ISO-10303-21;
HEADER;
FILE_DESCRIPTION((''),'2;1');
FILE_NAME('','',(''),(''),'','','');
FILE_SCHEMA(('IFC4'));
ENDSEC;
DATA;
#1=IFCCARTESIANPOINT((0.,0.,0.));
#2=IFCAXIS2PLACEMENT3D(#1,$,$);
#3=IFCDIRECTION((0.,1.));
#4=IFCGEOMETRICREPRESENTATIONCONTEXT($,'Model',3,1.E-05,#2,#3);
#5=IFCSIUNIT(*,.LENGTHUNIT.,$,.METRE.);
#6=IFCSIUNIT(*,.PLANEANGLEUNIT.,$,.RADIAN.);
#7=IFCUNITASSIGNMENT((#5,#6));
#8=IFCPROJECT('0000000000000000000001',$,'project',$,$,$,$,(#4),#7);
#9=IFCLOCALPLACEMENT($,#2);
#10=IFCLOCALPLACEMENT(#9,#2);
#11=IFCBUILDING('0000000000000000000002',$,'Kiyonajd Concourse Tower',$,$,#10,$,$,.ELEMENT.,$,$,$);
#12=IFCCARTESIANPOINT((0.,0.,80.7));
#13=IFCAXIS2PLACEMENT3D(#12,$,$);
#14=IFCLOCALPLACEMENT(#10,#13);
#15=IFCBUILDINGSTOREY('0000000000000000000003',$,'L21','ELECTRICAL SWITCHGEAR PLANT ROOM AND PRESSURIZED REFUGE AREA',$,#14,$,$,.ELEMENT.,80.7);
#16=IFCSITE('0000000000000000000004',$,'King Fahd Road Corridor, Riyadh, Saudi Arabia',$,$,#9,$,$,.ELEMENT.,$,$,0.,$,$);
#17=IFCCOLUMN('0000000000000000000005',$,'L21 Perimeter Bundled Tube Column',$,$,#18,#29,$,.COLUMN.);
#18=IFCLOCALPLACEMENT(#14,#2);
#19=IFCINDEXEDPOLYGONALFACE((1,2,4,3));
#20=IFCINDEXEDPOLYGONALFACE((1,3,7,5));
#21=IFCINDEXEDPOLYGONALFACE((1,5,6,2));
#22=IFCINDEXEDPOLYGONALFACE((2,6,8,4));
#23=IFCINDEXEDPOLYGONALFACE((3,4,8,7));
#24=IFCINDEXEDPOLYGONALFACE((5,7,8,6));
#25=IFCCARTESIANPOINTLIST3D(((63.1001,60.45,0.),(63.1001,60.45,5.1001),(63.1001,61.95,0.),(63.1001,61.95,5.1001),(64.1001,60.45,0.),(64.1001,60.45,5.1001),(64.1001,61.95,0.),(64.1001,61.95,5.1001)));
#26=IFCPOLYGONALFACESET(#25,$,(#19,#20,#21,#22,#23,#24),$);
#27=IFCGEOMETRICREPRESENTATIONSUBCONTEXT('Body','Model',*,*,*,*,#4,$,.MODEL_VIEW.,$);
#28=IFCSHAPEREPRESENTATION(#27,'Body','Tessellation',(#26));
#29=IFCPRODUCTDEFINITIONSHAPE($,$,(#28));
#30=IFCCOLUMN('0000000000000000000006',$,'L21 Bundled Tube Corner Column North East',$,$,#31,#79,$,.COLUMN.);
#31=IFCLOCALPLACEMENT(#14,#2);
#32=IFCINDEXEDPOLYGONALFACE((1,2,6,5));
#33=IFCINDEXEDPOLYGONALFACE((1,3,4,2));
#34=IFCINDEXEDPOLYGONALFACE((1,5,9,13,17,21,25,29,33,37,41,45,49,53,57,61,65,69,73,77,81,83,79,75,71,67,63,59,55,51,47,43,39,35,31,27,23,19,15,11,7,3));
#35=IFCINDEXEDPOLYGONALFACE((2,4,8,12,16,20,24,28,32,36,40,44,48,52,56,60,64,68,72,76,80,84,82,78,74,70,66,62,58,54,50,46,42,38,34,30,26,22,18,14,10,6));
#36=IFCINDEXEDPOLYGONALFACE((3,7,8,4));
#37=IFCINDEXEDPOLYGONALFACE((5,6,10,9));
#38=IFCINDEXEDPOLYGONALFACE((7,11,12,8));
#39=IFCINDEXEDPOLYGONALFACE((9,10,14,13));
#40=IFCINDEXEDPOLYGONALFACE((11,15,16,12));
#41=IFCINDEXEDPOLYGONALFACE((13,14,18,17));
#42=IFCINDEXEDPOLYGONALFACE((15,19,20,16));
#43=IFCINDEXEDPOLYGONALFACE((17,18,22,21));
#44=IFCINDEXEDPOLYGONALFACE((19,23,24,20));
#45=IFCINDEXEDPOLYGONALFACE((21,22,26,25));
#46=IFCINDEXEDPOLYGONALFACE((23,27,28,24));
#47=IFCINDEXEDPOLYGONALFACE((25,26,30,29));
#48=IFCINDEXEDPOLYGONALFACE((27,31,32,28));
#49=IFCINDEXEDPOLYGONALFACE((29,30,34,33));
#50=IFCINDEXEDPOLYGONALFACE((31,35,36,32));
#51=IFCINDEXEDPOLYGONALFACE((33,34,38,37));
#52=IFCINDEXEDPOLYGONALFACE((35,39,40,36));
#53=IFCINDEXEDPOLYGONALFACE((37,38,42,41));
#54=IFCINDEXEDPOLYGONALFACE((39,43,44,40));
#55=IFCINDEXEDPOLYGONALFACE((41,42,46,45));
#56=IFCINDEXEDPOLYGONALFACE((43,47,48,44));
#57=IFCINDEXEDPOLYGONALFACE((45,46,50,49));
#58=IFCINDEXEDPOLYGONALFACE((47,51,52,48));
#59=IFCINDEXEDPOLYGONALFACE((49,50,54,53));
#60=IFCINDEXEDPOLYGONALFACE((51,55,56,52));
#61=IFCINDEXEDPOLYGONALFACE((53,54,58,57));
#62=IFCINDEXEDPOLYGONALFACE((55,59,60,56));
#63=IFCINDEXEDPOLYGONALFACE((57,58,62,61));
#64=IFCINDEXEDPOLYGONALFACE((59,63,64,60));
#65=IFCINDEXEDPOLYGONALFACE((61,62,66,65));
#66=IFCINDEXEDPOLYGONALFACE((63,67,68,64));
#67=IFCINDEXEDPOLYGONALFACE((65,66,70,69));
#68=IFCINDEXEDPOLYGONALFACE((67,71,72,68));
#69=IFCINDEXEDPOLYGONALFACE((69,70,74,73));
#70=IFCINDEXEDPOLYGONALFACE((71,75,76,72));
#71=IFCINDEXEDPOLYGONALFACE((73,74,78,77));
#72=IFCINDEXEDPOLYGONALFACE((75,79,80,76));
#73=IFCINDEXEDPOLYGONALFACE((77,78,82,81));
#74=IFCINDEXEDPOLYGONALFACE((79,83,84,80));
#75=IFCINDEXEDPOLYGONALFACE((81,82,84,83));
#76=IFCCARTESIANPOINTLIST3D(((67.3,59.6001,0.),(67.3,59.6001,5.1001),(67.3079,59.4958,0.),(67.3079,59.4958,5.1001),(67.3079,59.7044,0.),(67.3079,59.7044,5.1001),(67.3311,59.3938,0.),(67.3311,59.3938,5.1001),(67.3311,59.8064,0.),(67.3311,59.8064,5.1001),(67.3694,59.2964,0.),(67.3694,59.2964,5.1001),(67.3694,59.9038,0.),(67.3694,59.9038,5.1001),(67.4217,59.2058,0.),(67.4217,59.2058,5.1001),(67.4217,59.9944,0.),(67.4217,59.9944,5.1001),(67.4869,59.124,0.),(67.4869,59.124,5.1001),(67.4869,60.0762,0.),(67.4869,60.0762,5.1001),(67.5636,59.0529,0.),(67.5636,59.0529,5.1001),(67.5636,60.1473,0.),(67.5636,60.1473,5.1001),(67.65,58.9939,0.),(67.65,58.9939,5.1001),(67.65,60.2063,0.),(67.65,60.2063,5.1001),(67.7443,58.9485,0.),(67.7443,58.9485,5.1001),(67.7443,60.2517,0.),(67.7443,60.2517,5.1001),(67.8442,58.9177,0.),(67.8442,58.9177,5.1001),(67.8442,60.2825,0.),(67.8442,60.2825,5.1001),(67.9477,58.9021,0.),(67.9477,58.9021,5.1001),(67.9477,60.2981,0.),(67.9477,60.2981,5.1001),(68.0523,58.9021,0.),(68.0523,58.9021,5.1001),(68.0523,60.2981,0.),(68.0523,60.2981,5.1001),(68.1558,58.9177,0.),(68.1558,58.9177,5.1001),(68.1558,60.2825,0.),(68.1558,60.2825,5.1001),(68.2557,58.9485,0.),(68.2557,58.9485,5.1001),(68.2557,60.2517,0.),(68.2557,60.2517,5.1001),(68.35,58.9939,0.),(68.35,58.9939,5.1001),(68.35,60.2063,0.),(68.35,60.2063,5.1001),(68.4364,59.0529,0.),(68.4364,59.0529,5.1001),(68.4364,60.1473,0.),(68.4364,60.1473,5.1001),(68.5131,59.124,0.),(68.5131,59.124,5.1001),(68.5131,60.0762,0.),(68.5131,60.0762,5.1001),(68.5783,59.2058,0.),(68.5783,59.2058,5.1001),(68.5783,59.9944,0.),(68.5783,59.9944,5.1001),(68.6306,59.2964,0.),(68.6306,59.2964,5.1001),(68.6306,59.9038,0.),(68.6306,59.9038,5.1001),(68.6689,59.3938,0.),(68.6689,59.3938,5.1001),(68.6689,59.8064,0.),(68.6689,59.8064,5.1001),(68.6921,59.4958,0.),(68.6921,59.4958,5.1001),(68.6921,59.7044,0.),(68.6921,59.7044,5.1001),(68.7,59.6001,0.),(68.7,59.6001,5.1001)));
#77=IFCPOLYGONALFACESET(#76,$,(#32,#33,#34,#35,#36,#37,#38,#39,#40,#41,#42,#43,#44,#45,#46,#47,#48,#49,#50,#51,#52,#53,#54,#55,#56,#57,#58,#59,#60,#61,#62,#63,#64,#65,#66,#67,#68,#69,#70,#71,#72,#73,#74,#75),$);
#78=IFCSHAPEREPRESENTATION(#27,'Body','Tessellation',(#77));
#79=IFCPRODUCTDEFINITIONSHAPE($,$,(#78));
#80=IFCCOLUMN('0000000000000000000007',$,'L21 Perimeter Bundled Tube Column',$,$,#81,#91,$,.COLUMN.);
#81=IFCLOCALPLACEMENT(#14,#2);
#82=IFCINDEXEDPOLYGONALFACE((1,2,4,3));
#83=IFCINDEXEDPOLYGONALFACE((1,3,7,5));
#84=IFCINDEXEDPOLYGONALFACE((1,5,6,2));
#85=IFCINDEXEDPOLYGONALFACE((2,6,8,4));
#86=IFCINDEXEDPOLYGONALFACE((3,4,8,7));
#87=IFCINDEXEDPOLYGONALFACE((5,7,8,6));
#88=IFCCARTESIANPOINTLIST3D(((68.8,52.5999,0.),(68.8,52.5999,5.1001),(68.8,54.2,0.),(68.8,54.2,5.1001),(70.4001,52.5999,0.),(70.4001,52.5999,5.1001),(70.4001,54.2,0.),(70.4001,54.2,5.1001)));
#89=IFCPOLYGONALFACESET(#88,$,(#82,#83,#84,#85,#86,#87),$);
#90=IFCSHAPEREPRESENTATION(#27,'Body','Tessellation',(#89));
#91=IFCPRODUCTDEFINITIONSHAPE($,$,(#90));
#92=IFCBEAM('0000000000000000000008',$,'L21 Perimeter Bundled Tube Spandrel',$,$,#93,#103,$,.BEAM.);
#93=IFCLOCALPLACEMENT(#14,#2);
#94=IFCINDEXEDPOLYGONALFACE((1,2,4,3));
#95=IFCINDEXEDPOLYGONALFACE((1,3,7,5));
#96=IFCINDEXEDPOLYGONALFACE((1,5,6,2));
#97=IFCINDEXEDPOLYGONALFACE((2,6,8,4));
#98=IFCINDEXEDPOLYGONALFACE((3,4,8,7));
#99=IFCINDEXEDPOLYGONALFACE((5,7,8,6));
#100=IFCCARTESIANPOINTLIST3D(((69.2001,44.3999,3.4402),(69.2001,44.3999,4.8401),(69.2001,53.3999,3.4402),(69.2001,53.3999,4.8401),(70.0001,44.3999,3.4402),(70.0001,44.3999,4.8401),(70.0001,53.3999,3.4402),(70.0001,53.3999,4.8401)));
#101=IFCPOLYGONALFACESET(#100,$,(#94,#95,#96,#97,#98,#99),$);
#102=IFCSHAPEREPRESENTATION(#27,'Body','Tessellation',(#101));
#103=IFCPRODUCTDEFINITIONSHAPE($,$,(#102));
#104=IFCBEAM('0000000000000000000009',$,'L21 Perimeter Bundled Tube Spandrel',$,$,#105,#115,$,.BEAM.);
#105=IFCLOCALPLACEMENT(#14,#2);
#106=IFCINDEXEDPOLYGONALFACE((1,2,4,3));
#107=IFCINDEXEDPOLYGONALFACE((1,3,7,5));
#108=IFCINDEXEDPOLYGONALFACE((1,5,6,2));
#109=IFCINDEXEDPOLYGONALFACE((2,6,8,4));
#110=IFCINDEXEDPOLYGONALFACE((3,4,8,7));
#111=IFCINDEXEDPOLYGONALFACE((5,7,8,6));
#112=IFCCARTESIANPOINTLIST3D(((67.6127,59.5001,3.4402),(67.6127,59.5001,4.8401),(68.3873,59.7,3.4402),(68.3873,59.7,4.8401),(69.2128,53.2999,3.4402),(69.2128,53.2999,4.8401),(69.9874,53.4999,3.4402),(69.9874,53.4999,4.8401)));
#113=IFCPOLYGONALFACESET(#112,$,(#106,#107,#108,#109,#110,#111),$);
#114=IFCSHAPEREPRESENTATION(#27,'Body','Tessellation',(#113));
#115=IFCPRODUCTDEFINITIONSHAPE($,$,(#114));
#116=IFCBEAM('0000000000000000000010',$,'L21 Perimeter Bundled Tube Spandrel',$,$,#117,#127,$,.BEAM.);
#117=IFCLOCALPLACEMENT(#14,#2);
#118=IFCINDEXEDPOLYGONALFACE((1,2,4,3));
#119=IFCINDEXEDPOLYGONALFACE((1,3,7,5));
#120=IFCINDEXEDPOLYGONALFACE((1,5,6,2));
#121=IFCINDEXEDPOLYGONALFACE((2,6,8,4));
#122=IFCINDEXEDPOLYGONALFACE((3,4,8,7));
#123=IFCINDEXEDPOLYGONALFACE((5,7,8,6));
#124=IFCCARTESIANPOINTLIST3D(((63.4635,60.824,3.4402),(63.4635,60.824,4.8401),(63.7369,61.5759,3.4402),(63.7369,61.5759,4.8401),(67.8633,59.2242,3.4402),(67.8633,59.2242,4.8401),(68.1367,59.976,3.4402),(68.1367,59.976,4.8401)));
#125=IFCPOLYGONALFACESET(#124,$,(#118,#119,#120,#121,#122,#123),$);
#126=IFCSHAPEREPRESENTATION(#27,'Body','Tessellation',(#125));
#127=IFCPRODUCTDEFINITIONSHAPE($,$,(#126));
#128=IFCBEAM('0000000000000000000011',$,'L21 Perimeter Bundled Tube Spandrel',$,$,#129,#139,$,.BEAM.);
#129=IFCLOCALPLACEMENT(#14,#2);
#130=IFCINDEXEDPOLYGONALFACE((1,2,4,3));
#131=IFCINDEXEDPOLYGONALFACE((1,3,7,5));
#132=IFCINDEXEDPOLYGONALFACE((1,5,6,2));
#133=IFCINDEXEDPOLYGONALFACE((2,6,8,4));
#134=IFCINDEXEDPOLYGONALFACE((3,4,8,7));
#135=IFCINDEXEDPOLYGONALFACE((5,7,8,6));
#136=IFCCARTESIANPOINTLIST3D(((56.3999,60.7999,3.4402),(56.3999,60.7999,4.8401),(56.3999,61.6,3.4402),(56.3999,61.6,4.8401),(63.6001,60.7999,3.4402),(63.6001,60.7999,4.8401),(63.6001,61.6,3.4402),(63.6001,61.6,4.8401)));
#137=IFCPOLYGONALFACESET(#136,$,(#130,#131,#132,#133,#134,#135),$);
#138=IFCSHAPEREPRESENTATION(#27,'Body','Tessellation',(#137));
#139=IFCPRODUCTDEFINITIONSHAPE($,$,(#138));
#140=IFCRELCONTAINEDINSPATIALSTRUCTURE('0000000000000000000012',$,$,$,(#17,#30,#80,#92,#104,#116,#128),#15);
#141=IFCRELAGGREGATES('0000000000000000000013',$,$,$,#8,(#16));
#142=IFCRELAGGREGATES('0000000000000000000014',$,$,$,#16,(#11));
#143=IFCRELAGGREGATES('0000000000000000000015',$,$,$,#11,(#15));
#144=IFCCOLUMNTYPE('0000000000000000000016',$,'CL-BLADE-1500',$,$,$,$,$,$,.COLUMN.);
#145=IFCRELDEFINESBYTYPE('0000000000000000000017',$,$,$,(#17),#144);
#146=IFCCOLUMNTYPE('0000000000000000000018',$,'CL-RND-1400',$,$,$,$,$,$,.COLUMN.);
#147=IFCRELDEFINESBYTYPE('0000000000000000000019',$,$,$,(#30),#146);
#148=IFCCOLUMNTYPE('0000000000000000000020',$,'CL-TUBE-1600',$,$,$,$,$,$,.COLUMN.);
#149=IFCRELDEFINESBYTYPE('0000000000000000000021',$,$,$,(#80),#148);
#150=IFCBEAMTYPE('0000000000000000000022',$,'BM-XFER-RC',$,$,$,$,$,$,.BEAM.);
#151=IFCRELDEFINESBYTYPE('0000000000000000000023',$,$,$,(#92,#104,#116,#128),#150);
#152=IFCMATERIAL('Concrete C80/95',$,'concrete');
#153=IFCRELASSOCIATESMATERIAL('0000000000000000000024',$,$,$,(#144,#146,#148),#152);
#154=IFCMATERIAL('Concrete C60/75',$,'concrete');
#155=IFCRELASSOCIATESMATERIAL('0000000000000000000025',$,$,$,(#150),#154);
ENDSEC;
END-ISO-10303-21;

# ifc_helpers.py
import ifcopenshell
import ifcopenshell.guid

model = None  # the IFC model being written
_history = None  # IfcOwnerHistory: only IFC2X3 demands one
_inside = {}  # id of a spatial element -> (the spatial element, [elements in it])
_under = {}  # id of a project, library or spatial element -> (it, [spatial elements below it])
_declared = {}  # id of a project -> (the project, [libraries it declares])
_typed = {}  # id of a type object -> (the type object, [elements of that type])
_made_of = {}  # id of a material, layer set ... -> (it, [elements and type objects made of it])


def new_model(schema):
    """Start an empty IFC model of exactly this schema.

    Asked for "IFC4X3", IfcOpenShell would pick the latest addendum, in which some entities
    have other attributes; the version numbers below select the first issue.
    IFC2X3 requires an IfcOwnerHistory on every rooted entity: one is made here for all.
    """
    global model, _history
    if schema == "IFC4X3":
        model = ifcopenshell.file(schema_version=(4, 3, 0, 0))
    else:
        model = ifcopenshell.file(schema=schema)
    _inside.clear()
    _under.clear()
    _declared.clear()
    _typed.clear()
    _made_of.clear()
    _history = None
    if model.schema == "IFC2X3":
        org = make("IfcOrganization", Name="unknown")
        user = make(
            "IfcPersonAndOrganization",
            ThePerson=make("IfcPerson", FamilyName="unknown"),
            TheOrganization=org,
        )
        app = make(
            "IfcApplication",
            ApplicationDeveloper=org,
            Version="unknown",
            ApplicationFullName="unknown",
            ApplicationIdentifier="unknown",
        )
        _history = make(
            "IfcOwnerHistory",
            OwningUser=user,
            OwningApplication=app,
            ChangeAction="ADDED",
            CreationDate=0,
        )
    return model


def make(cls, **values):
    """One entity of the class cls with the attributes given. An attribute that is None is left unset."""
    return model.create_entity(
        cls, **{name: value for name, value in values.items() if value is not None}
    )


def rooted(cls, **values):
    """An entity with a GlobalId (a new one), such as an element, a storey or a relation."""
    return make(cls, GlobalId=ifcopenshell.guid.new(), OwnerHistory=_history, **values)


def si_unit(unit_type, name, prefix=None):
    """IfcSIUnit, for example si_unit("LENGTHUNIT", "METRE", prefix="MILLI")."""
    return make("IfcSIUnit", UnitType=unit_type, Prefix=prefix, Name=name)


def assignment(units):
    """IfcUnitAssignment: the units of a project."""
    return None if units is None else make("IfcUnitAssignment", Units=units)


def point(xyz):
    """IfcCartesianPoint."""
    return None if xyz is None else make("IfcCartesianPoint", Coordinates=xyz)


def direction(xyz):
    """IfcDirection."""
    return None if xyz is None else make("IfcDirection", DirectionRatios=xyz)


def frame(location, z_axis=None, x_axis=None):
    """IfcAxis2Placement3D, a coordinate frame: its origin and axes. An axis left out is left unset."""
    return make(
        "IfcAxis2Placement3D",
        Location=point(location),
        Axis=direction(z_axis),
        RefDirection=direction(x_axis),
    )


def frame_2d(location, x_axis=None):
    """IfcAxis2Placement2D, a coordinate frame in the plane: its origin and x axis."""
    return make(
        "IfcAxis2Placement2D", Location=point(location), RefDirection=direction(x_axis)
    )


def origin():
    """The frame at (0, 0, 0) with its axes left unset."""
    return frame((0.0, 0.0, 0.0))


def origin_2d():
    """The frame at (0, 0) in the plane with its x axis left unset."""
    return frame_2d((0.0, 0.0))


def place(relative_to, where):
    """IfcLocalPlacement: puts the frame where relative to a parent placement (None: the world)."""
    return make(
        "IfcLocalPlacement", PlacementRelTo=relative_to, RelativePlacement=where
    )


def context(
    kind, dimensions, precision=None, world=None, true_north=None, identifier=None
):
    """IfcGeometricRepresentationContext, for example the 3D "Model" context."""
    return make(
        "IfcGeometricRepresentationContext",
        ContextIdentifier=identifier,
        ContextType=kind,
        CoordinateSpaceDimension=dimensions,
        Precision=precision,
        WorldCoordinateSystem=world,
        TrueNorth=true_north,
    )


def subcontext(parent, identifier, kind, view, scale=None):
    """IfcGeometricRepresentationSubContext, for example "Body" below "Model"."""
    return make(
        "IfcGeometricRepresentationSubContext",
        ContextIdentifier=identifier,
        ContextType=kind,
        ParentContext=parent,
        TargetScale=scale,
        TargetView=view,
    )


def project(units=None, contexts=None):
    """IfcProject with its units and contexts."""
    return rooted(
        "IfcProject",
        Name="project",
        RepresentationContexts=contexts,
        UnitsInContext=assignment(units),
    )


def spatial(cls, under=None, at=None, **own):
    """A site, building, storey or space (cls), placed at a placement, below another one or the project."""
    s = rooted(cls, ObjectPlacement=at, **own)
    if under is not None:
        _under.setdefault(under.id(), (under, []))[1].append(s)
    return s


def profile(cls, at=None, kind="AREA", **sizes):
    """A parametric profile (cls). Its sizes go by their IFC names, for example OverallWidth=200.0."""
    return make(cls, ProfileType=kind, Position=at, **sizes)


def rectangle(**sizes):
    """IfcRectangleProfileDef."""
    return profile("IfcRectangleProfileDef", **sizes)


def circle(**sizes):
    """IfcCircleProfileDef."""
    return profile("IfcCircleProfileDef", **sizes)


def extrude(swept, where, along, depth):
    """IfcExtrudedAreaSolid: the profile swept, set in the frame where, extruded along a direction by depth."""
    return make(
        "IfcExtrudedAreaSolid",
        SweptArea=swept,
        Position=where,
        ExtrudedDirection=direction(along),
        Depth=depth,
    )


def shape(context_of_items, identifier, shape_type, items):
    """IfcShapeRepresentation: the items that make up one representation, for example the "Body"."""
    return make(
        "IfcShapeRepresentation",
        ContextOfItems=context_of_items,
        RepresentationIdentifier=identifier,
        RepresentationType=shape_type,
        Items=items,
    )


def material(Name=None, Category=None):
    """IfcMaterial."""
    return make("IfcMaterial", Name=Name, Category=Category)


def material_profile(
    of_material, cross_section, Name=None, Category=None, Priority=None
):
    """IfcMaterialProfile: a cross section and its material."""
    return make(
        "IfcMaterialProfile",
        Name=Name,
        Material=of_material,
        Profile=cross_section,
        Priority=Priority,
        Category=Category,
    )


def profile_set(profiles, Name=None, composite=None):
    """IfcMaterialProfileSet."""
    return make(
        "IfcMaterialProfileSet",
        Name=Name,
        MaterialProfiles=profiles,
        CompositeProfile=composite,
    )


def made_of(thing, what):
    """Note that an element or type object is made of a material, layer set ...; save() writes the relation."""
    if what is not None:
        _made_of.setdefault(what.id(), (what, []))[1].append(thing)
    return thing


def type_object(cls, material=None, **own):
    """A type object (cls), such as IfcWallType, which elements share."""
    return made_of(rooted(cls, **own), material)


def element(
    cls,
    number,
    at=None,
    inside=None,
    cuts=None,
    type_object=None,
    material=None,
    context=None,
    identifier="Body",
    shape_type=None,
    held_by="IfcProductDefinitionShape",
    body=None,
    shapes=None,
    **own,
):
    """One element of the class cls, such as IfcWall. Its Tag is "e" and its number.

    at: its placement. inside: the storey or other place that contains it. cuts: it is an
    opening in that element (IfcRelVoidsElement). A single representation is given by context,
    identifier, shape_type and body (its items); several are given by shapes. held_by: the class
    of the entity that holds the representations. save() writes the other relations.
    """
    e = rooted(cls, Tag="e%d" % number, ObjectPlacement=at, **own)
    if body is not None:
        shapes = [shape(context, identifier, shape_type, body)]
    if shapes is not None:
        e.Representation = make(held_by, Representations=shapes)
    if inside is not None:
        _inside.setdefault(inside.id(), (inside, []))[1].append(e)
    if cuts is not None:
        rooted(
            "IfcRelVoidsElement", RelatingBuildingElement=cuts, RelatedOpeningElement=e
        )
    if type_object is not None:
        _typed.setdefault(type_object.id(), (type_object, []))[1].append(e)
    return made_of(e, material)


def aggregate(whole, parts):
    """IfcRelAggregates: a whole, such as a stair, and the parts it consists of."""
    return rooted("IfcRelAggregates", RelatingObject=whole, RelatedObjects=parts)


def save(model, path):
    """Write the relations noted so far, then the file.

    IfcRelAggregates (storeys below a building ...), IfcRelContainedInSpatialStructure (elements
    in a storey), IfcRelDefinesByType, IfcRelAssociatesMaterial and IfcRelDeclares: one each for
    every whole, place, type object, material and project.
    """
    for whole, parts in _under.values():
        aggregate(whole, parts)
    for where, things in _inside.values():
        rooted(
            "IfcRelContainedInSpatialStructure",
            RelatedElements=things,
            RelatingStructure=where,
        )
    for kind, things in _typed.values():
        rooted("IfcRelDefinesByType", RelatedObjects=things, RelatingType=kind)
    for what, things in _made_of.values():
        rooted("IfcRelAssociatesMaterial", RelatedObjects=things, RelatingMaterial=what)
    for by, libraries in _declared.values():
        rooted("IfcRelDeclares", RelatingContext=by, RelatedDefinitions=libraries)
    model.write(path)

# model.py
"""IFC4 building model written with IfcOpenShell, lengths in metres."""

from ifc_helpers import new_model, si_unit, direction, frame, origin, origin_2d, place, context, subcontext, project, spatial, rectangle, circle, extrude, material, material_profile, profile_set, type_object, element, save


model = new_model("IFC4")

# Units and contexts
model_context = context("Model", 3, precision=1e-05, world=origin(), true_north=direction((0.0, 1.0)))
body_context = subcontext(model_context, "Body", "Model", "MODEL_VIEW")
ifc_project = project(units=[si_unit("LENGTHUNIT", "METRE"), si_unit("PLANEANGLEUNIT", "RADIAN")], contexts=[model_context])

# Site, building, storey
site_placement = place(None, origin())
site = spatial("IfcSite", under=ifc_project, at=site_placement, Name="King Fahd Road Corridor, Riyadh, Saudi Arabia", CompositionType="ELEMENT", RefElevation=0.0)
building_placement = place(site_placement, origin())
building = spatial("IfcBuilding", under=site, at=building_placement, Name="Kiyonajd Concourse Tower", CompositionType="ELEMENT")
storey_placement = place(building_placement, frame((0.0, 0.0, 80.7)))
storey = spatial("IfcBuildingStorey", under=building, at=storey_placement, Name="L21", Description="ELECTRICAL SWITCHGEAR PLANT ROOM AND PRESSURIZED REFUGE AREA", CompositionType="ELEMENT", Elevation=80.7)

# Columns
ifc_material_1 = material(Name="Concrete C80/95", Category="concrete")
ifc_material_profile_1 = material_profile(ifc_material_1, rectangle(XDim=1.0, YDim=1.5, at=origin_2d()), Name="RC-1500x1000")
ifc_profile_set_1 = profile_set([ifc_material_profile_1], Name="Concrete C80/95")
column_type_1 = type_object("IfcColumnType", Name="CL-BLADE-1500", PredefinedType="COLUMN", material=ifc_profile_set_1)
column_1_placement = place(storey_placement, frame((63.6001, 61.2, 0.0), z_axis=(0.0, 0.0, 1.0), x_axis=(1.0, 0.0, 0.0)))
element("IfcColumn", 1, at=column_1_placement, inside=storey, type_object=column_type_1, Name="L21 Perimeter Bundled Tube Column", PredefinedType="COLUMN", context=body_context, shape_type="SweptSolid", body=[
    extrude(rectangle(XDim=1.0, YDim=1.5, at=origin_2d()), origin(), (0.0, 0.0, 1.0), 5.1001),
])
ifc_material_profile_2 = material_profile(ifc_material_1, circle(Radius=0.7, at=origin_2d()), Name="RCC-D1400")
ifc_profile_set_2 = profile_set([ifc_material_profile_2], Name="Concrete C80/95")
column_type_2 = type_object("IfcColumnType", Name="CL-RND-1400", PredefinedType="COLUMN", material=ifc_profile_set_2)
column_2_placement = place(storey_placement, frame((68.0, 59.6001, 0.0), z_axis=(0.0, 0.0, 1.0), x_axis=(1.0, 0.0, 0.0)))
element("IfcColumn", 2, at=column_2_placement, inside=storey, type_object=column_type_2, Name="L21 Bundled Tube Corner Column North East", PredefinedType="COLUMN", context=body_context, shape_type="SweptSolid", body=[
    extrude(circle(Radius=0.7, at=origin_2d()), origin(), (0.0, 0.0, 1.0), 5.1001),
])
ifc_material_profile_3 = material_profile(ifc_material_1, rectangle(XDim=1.6001, YDim=1.6001, at=origin_2d()), Name="RC-1600x1600")
ifc_profile_set_3 = profile_set([ifc_material_profile_3], Name="Concrete C80/95")
column_type_3 = type_object("IfcColumnType", Name="CL-TUBE-1600", PredefinedType="COLUMN", material=ifc_profile_set_3)
column_3_placement = place(storey_placement, frame((69.6001, 53.3999, 0.0), z_axis=(0.0, 0.0, 1.0), x_axis=(1.0, 0.0, 0.0)))
element("IfcColumn", 3, at=column_3_placement, inside=storey, type_object=column_type_3, Name="L21 Perimeter Bundled Tube Column", PredefinedType="COLUMN", context=body_context, shape_type="SweptSolid", body=[
    extrude(rectangle(XDim=1.6001, YDim=1.6001, at=origin_2d()), origin(), (0.0, 0.0, 1.0), 5.1001),
])

# Beams
ifc_material_2 = material(Name="Concrete C60/75", Category="concrete")
ifc_material_profile_4 = material_profile(ifc_material_2, rectangle(XDim=0.8, YDim=1.3999, at=origin_2d()), Name="RCBM-800x1400")
ifc_profile_set_4 = profile_set([ifc_material_profile_4], Name="Concrete C60/75")
beam_type = type_object("IfcBeamType", Name="BM-XFER-RC", PredefinedType="BEAM", material=ifc_profile_set_4)
beam_1_placement = place(storey_placement, frame((69.6001, 44.3999, 4.1401), z_axis=(0.0, 1.0, 0.0), x_axis=(-1.0, 0.0, 0.0)))
element("IfcBeam", 4, at=beam_1_placement, inside=storey, type_object=beam_type, Name="L21 Perimeter Bundled Tube Spandrel", PredefinedType="BEAM", context=body_context, shape_type="SweptSolid", body=[
    extrude(rectangle(XDim=0.8, YDim=1.3999, at=origin_2d()), origin(), (0.0, 0.0, 1.0), 9.0),
])
beam_2_placement = place(storey_placement, frame((69.6001, 53.3999, 4.1401), z_axis=(-0.249885, 0.968276, 0.0), x_axis=(-0.968276, -0.249885, 0.0)))
element("IfcBeam", 5, at=beam_2_placement, inside=storey, type_object=beam_type, Name="L21 Perimeter Bundled Tube Spandrel", PredefinedType="BEAM", context=body_context, shape_type="SweptSolid", body=[
    extrude(rectangle(XDim=0.8, YDim=1.3999, at=origin_2d()), origin(), (0.0, 0.0, 1.0), 6.4033),
])
beam_3_placement = place(storey_placement, frame((68.0, 59.6001, 4.1401), z_axis=(-0.939801, 0.341722, 0.0), x_axis=(-0.341722, -0.939801, 0.0)))
element("IfcBeam", 6, at=beam_3_placement, inside=storey, type_object=beam_type, Name="L21 Perimeter Bundled Tube Spandrel", PredefinedType="BEAM", context=body_context, shape_type="SweptSolid", body=[
    extrude(rectangle(XDim=0.8, YDim=1.3999, at=origin_2d()), origin(), (0.0, 0.0, 1.0), 4.6816),
])
beam_4_placement = place(storey_placement, frame((63.6001, 61.2, 4.1401), z_axis=(-1.0, 0.0, 0.0), x_axis=(0.0, -1.0, 0.0)))
element("IfcBeam", 7, at=beam_4_placement, inside=storey, type_object=beam_type, Name="L21 Perimeter Bundled Tube Spandrel", PredefinedType="BEAM", context=body_context, shape_type="SweptSolid", body=[
    extrude(rectangle(XDim=0.8, YDim=1.3999, at=origin_2d()), origin(), (0.0, 0.0, 1.0), 7.2002),
])

save(model, "model.ifc")
